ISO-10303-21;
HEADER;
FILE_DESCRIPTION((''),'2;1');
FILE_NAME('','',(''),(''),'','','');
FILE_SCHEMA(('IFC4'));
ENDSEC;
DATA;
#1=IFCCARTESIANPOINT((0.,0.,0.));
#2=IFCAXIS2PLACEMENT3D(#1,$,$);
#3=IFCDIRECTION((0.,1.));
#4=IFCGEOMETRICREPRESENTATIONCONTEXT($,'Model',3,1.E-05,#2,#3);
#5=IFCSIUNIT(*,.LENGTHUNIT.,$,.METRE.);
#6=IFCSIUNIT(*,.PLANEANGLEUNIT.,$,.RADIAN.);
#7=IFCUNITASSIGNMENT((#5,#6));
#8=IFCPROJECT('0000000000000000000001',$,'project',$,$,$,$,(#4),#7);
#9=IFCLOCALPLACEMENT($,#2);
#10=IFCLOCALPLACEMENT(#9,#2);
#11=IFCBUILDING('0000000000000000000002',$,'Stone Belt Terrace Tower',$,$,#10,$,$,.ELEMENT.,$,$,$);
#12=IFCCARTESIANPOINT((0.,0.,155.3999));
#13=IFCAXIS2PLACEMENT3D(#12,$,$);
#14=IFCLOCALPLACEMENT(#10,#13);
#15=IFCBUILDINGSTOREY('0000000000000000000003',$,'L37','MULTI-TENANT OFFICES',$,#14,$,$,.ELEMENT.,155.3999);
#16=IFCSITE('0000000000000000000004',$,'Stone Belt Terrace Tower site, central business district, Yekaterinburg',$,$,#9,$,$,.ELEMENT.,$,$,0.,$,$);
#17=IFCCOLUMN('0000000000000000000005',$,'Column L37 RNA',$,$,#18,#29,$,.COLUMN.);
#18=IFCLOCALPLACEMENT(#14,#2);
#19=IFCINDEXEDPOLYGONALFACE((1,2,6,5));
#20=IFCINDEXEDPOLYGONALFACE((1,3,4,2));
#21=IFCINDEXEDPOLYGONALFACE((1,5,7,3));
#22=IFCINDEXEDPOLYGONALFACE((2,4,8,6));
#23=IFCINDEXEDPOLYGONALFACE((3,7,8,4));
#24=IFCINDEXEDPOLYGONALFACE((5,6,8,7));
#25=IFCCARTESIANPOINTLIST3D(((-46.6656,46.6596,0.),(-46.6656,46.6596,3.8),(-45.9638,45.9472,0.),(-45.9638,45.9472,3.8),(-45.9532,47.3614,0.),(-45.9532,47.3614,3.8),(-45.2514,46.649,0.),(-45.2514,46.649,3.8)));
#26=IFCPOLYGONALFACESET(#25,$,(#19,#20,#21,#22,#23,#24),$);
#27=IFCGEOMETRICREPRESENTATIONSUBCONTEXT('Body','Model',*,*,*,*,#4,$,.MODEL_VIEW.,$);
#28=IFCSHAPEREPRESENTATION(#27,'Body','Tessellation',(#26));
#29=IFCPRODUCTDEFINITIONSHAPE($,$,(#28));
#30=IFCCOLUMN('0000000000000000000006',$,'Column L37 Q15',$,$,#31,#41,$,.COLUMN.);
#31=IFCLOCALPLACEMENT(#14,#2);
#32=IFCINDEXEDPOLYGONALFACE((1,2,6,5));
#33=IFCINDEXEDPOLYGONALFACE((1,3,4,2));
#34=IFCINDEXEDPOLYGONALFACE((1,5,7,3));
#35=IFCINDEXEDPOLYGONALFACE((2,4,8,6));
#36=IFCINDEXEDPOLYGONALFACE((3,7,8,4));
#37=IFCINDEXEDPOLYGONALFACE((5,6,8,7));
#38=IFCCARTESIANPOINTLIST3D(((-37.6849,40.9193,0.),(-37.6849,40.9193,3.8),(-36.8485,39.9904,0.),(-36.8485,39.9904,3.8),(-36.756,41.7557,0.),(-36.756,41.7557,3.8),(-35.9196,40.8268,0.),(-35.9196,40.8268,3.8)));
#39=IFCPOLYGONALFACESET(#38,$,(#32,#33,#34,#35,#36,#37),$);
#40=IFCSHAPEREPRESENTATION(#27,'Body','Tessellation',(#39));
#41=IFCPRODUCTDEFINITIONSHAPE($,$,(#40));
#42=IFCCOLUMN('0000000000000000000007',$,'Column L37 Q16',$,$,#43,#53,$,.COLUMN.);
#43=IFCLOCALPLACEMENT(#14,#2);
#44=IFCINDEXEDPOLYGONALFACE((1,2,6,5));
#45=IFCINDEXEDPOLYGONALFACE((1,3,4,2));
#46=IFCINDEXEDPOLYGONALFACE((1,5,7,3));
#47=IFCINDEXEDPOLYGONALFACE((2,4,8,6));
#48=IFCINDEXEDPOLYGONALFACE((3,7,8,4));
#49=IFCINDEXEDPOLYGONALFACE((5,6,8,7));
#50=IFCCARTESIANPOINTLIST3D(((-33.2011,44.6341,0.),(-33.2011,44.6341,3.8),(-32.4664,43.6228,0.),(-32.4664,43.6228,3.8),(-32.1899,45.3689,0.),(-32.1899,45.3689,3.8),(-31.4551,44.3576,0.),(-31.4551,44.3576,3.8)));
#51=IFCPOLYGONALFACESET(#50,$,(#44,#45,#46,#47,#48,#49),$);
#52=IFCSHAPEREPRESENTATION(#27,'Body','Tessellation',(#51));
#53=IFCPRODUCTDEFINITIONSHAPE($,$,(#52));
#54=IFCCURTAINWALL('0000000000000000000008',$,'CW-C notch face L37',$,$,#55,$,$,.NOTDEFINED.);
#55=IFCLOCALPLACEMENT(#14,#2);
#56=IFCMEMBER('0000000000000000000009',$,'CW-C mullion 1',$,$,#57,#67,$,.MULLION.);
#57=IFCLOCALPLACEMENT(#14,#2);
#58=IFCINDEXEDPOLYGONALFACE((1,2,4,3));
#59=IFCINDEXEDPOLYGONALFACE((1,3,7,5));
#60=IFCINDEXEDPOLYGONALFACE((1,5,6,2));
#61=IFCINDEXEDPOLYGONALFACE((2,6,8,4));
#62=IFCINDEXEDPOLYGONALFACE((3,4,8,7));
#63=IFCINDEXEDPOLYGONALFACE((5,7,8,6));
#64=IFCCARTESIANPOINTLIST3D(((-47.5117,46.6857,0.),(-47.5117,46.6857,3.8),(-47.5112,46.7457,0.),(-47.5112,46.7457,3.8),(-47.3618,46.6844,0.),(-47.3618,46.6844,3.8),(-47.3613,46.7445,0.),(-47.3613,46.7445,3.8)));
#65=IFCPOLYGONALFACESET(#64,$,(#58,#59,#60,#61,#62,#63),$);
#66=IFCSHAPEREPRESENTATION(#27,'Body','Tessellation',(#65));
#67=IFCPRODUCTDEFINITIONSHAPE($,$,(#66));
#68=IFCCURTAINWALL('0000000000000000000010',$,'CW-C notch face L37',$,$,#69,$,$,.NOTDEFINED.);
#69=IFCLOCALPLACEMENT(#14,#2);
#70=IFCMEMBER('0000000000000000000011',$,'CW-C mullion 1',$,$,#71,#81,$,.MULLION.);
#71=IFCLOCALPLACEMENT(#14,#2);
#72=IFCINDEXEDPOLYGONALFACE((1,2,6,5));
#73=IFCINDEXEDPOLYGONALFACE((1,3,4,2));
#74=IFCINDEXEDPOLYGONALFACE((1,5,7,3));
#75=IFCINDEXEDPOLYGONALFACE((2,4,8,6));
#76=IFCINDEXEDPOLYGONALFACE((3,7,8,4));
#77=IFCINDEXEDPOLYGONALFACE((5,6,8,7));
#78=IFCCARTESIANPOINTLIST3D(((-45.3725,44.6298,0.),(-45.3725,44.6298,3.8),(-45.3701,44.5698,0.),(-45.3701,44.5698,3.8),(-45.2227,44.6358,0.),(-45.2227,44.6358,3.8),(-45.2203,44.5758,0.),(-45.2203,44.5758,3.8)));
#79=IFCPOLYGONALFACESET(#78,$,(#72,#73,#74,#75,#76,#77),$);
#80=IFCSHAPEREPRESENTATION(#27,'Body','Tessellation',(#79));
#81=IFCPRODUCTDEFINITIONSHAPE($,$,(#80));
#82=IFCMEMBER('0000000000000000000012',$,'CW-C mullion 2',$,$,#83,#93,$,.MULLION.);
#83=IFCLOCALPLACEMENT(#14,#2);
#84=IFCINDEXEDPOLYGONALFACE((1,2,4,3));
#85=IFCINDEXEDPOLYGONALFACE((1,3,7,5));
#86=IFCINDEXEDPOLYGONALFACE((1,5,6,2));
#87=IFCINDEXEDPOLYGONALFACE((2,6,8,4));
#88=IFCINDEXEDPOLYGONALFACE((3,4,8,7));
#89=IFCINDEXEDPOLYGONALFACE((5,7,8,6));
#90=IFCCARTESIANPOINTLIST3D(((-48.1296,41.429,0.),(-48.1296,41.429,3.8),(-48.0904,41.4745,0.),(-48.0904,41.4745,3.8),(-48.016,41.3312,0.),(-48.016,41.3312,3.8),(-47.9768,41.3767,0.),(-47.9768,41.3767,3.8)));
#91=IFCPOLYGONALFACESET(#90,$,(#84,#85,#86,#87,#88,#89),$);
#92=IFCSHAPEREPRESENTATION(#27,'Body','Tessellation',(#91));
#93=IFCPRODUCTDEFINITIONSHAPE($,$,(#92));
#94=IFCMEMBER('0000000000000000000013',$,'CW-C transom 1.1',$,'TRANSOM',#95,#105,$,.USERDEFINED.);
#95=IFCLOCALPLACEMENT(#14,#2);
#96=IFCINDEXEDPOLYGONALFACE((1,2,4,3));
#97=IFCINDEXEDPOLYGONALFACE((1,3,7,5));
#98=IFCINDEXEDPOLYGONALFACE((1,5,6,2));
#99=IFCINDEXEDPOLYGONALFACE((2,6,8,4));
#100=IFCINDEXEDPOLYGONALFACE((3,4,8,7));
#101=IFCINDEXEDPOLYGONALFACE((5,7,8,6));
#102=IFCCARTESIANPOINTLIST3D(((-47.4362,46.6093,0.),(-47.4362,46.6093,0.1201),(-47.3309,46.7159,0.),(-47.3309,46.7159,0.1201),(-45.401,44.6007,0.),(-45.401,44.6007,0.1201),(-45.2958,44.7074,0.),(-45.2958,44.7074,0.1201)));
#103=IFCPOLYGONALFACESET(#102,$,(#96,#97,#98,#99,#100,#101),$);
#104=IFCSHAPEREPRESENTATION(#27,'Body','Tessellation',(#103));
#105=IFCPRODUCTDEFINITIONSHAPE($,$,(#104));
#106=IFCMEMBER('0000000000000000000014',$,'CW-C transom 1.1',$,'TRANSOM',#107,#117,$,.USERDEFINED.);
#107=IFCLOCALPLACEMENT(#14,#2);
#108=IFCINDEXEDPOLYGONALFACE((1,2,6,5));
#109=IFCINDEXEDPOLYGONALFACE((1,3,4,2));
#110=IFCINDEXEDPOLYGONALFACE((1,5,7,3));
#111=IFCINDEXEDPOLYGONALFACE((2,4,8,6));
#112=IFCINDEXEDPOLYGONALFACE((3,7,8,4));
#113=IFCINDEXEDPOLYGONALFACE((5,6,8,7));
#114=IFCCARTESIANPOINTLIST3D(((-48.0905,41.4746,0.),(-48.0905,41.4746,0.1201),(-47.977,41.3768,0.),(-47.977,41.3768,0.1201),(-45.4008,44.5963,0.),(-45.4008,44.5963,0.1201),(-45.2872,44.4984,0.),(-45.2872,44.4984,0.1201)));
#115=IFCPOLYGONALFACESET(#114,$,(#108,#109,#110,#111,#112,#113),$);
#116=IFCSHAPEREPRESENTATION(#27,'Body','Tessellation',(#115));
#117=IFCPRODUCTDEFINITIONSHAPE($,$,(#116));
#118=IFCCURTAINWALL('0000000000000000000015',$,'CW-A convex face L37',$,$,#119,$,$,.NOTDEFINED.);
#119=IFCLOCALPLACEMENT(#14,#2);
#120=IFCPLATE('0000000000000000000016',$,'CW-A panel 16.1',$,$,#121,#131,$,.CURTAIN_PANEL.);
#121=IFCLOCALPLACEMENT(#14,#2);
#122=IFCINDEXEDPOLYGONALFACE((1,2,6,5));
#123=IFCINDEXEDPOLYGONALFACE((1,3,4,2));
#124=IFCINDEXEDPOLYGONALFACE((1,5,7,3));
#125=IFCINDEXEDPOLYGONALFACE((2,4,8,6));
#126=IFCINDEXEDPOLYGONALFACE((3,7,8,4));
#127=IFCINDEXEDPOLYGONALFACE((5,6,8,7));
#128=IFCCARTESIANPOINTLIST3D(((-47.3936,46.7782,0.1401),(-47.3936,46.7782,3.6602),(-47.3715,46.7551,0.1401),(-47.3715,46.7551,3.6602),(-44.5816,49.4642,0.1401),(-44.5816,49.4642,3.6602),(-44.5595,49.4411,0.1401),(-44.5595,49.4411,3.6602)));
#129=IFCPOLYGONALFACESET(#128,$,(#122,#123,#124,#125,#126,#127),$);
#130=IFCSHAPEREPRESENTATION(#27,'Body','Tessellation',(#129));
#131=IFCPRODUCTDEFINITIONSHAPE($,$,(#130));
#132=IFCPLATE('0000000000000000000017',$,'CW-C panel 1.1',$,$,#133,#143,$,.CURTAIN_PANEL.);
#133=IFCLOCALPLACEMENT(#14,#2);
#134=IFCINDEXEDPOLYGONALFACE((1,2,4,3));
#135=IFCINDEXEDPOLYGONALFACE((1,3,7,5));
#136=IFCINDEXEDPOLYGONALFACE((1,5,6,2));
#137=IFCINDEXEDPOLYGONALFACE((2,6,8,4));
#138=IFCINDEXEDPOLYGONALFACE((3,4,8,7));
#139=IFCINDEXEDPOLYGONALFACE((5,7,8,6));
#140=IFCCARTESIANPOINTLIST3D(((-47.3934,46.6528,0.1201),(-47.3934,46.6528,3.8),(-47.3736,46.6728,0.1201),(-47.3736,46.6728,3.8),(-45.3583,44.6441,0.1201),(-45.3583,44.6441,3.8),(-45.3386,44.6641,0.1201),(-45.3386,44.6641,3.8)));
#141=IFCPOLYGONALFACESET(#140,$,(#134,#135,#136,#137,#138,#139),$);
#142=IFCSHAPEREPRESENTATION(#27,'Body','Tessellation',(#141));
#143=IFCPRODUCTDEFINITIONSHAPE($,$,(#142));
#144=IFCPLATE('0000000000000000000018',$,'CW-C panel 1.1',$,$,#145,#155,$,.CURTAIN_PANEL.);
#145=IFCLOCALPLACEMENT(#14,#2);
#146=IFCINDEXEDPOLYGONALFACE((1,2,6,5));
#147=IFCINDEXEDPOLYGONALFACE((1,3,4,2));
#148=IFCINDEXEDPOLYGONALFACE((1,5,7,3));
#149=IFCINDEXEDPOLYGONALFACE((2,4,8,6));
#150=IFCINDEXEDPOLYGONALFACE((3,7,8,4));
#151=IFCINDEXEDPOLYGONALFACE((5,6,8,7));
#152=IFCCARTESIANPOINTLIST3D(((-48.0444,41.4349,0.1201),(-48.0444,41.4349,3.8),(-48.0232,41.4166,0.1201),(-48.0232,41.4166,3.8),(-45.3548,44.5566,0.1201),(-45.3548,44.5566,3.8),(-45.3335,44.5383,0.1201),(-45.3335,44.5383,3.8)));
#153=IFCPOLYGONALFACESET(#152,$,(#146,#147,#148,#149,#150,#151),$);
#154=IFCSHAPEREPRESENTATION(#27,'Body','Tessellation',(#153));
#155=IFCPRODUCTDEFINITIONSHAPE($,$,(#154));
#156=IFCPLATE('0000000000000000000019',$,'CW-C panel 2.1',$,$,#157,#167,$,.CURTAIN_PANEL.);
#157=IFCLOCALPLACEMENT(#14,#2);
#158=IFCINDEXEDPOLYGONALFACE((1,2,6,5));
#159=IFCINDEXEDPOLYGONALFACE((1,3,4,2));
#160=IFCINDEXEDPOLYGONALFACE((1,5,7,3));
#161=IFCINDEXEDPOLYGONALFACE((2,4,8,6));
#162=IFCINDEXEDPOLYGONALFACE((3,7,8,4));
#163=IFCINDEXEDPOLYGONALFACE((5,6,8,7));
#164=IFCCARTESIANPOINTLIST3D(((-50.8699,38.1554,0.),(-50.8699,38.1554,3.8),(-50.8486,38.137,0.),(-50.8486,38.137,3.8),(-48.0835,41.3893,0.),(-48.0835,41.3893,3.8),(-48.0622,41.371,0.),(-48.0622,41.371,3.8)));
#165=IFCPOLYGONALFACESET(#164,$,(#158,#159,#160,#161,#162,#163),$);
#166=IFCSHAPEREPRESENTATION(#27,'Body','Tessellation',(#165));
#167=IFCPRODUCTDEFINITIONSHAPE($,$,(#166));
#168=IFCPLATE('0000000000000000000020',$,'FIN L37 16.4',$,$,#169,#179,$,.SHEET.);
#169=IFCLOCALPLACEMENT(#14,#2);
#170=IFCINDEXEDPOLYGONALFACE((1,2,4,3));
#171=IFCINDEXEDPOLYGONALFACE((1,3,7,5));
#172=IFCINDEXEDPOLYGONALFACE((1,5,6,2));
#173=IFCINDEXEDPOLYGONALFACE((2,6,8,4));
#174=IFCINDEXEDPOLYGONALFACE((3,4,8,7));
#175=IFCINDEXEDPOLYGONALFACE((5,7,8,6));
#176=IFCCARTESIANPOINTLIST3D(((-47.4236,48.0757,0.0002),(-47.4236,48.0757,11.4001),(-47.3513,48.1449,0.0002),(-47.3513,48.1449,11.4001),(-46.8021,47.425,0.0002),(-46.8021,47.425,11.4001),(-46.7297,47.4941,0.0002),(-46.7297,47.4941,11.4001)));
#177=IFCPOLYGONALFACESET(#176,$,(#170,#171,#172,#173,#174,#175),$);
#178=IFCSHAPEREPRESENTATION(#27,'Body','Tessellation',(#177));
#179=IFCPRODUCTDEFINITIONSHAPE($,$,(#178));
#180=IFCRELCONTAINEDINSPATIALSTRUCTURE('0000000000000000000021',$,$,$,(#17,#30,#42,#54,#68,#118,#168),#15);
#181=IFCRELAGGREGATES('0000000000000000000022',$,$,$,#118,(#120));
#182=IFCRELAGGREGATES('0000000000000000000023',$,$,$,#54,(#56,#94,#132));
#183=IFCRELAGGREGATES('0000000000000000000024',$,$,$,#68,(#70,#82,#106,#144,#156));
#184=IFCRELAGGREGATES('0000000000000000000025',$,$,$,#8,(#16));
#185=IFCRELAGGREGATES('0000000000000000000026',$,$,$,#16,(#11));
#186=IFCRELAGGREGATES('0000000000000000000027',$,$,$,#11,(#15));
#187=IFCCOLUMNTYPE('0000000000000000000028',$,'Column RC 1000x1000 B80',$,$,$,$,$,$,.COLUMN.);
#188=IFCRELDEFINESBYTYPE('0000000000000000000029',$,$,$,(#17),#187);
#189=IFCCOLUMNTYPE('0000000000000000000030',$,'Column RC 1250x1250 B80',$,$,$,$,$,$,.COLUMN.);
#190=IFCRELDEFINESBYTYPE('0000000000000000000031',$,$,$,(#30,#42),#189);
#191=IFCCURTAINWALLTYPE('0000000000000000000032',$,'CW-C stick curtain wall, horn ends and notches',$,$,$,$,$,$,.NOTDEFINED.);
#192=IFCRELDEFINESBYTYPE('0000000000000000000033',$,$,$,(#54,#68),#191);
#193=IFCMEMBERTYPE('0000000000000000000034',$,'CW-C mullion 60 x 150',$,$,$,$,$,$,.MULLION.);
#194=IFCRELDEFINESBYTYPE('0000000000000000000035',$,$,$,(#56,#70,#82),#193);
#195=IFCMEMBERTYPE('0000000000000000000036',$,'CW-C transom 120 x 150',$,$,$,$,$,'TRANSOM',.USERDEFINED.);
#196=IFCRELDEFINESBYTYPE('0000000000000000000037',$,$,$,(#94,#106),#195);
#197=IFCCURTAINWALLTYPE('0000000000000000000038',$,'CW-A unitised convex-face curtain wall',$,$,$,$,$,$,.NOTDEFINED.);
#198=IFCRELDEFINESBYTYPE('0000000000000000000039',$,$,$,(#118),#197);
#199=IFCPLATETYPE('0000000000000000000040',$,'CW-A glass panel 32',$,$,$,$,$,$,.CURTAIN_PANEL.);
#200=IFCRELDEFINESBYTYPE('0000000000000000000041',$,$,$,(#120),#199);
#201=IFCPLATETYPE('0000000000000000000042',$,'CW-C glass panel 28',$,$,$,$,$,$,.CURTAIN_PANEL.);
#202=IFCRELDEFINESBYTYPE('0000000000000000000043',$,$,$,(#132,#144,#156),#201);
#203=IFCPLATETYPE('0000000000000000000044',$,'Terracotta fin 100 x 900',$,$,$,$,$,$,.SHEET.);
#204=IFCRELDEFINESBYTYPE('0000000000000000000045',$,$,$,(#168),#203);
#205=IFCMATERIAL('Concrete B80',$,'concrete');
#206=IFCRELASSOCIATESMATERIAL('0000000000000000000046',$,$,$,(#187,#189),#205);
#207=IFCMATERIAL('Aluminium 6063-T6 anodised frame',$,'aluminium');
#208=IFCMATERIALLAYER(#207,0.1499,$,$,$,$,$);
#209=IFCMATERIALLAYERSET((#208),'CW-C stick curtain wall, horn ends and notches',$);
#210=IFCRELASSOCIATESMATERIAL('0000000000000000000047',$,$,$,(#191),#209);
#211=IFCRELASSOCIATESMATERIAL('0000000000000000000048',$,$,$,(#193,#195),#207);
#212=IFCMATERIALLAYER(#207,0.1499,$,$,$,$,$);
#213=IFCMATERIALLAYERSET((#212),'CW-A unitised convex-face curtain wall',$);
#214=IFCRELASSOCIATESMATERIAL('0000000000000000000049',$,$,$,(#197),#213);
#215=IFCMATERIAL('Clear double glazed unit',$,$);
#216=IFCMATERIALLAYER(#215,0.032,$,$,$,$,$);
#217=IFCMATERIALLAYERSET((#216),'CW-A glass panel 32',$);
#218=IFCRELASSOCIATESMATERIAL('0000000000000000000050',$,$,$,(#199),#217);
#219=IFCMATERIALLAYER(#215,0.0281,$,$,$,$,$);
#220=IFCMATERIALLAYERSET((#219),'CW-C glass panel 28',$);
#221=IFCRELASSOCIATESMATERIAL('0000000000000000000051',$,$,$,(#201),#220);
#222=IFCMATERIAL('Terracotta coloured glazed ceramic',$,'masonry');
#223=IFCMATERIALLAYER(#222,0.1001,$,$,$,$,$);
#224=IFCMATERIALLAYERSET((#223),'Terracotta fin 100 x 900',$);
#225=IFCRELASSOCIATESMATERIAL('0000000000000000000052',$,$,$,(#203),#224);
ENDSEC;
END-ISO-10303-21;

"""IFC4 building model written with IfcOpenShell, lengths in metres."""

from ifc_helpers import new_model, si_unit, direction, frame, origin, origin_2d, place, context, subcontext, project, spatial, rectangle, extrude, material, layer, layer_set, material_profile, profile_set, type_object, element, aggregate, save


model = new_model("IFC4")

# Units and contexts
model_context = context("Model", 3, precision=1e-05, world=origin(), true_north=direction((0.0, 1.0)))
body_context = subcontext(model_context, "Body", "Model", "MODEL_VIEW")
ifc_project = project(units=[si_unit("LENGTHUNIT", "METRE"), si_unit("PLANEANGLEUNIT", "RADIAN")], contexts=[model_context])

# Site, building, storey
site_placement = place(None, origin())
site = spatial("IfcSite", under=ifc_project, at=site_placement, Name="Stone Belt Terrace Tower site, central business district, Yekaterinburg", CompositionType="ELEMENT", RefElevation=0.0)
building_placement = place(site_placement, origin())
building = spatial("IfcBuilding", under=site, at=building_placement, Name="Stone Belt Terrace Tower", CompositionType="ELEMENT")
storey_placement = place(building_placement, frame((0.0, 0.0, 155.3999)))
storey = spatial("IfcBuildingStorey", under=building, at=storey_placement, Name="L37", Description="MULTI-TENANT OFFICES", CompositionType="ELEMENT", Elevation=155.3999)

# Columns
ifc_material_1 = material(Name="Concrete B80", Category="concrete")
ifc_material_profile_1 = material_profile(ifc_material_1, rectangle(XDim=1.0, YDim=1.0, at=origin_2d()), Name="RC 1000x1000")
ifc_profile_set_1 = profile_set([ifc_material_profile_1], Name="Concrete B80")
column_type_1 = type_object("IfcColumnType", Name="Column RC 1000x1000 B80", PredefinedType="COLUMN", material=ifc_profile_set_1)
column_placement = place(storey_placement, frame((-45.9585, 46.6543, 0.0), z_axis=(0.0, 0.0, 1.0), x_axis=(0.712398, 0.701775, 0.0)))
element("IfcColumn", 1, at=column_placement, inside=storey, type_object=column_type_1, Name="Column L37 RNA", PredefinedType="COLUMN", context=body_context, shape_type="SweptSolid", body=[
    extrude(rectangle(XDim=1.0, YDim=1.0, at=origin_2d()), origin(), (0.0, 0.0, 1.0), 3.8),
])
ifc_material_profile_2 = material_profile(ifc_material_1, rectangle(XDim=1.25, YDim=1.25, at=origin_2d()), Name="RC 1250x1250")
ifc_profile_set_2 = profile_set([ifc_material_profile_2], Name="Concrete B80")
column_type_2 = type_object("IfcColumnType", Name="Column RC 1250x1250 B80", PredefinedType="COLUMN", material=ifc_profile_set_2)
for number, where, z_axis, x_axis, name in (
    (2, (-36.8022, 40.873, 0.0), (0.0, 0.0, 1.0), (0.743145, 0.669131, 0.0), "Column L37 Q15"),
    (3, (-32.3281, 44.4958, 0.0), (0.0, 0.0, 1.0), (0.809017, 0.587785, 0.0), "Column L37 Q16"),
):
    element("IfcColumn", number, at=place(storey_placement, frame(where, z_axis=z_axis, x_axis=x_axis)), inside=storey, type_object=column_type_2, Name=name, PredefinedType="COLUMN", context=body_context, shape_type="SweptSolid", body=[
        extrude(rectangle(XDim=1.25, YDim=1.25, at=origin_2d()), origin(), (0.0, 0.0, 1.0), 3.8),
    ])

# Curtain wall, member
ifc_material_2 = material(Name="Aluminium 6063-T6 anodised frame", Category="aluminium")
ifc_layer_1 = layer(ifc_material_2, 0.1499)
ifc_layer_set_1 = layer_set([ifc_layer_1], Name="CW-C stick curtain wall, horn ends and notches")
curtain_wall_type_1 = type_object("IfcCurtainWallType", Name="CW-C stick curtain wall, horn ends and notches", PredefinedType="NOTDEFINED", material=ifc_layer_set_1)
curtain_wall_1_placement = place(storey_placement, origin())
curtain_wall_1 = element("IfcCurtainWall", 4, at=curtain_wall_1_placement, inside=storey, type_object=curtain_wall_type_1, Name="CW-C notch face L37", PredefinedType="NOTDEFINED")
ifc_material_profile_3 = material_profile(ifc_material_2, rectangle(XDim=0.1499, YDim=0.0601, at=origin_2d()), Name="Aluminium 6063-T6 60x150")
ifc_profile_set_3 = profile_set([ifc_material_profile_3], Name="Aluminium 6063-T6 anodised frame")
member_type_1 = type_object("IfcMemberType", Name="CW-C mullion 60 x 150", PredefinedType="MULLION", material=ifc_profile_set_3)
member_1_placement = place(storey_placement, frame((-47.4365, 46.7151, 0.0), z_axis=(0.0, 0.0, 1.0), x_axis=(0.999966, -0.008188, 0.0)))
member_1 = element("IfcMember", 5, at=member_1_placement, type_object=member_type_1, Name="CW-C mullion 1", PredefinedType="MULLION", context=body_context, shape_type="SweptSolid", body=[
    extrude(rectangle(XDim=0.1499, YDim=0.0601, at=origin_2d()), origin(), (0.0, 0.0, 1.0), 3.8),
])

# Curtain wall, members
curtain_wall_2_placement = place(storey_placement, origin())
curtain_wall_2 = element("IfcCurtainWall", 6, at=curtain_wall_2_placement, inside=storey, type_object=curtain_wall_type_1, Name="CW-C notch face L37", PredefinedType="NOTDEFINED")
member_2_placement = place(storey_placement, frame((-45.2964, 44.6028, 0.0), z_axis=(0.0, 0.0, 1.0), x_axis=(0.999185, 0.04036, 0.0)))
member_2 = element("IfcMember", 7, at=member_2_placement, type_object=member_type_1, Name="CW-C mullion 1", PredefinedType="MULLION", context=body_context, shape_type="SweptSolid", body=[
    extrude(rectangle(XDim=0.1499, YDim=0.0601, at=origin_2d()), origin(), (0.0, 0.0, 1.0), 3.8),
])
member_3_placement = place(storey_placement, frame((-48.0532, 41.4028, 0.0), z_axis=(0.0, 0.0, 1.0), x_axis=(0.757584, -0.652738, 0.0)))
member_3 = element("IfcMember", 8, at=member_3_placement, type_object=member_type_1, Name="CW-C mullion 2", PredefinedType="MULLION", context=body_context, shape_type="SweptSolid", body=[
    extrude(rectangle(XDim=0.1499, YDim=0.0601, at=origin_2d()), origin(), (0.0, 0.0, 1.0), 3.8),
])

# Members
ifc_material_profile_4 = material_profile(ifc_material_2, rectangle(XDim=0.1499, YDim=0.1201, at=origin_2d()), Name="Aluminium 6063-T6 150x120")
ifc_profile_set_4 = profile_set([ifc_material_profile_4], Name="Aluminium 6063-T6 anodised frame")
member_type_2 = type_object("IfcMemberType", Name="CW-C transom 120 x 150", ElementType="TRANSOM", PredefinedType="USERDEFINED", material=ifc_profile_set_4)
member_4_placement = place(storey_placement, frame((-47.3835, 46.6626, 0.0601), z_axis=(0.711745, -0.702438, 0.0), x_axis=(0.702438, 0.711745, 0.0)))
member_4 = element("IfcMember", 9, at=member_4_placement, type_object=member_type_2, Name="CW-C transom 1.1", ObjectType="TRANSOM", PredefinedType="USERDEFINED", context=body_context, shape_type="SweptSolid", body=[
    extrude(rectangle(XDim=0.1499, YDim=0.1201, at=origin_2d()), origin(), (0.0, 0.0, 1.0), 2.8594),
])
member_5_placement = place(storey_placement, frame((-45.344, 44.5474, 0.0601), z_axis=(-0.652756, -0.757569, 0.0), x_axis=(0.757569, -0.652756, 0.0)))
member_5 = element("IfcMember", 10, at=member_5_placement, type_object=member_type_2, Name="CW-C transom 1.1", ObjectType="TRANSOM", PredefinedType="USERDEFINED", context=body_context, shape_type="SweptSolid", body=[
    extrude(rectangle(XDim=0.1499, YDim=0.1201, at=origin_2d()), origin(), (0.0, 0.0, 1.0), 4.1206),
])

# Curtain wall, plate
ifc_layer_2 = layer(ifc_material_2, 0.1499)
ifc_layer_set_2 = layer_set([ifc_layer_2], Name="CW-A unitised convex-face curtain wall")
curtain_wall_type_2 = type_object("IfcCurtainWallType", Name="CW-A unitised convex-face curtain wall", PredefinedType="NOTDEFINED", material=ifc_layer_set_2)
curtain_wall_3_placement = place(storey_placement, origin())
curtain_wall_3 = element("IfcCurtainWall", 11, at=curtain_wall_3_placement, inside=storey, type_object=curtain_wall_type_2, Name="CW-A convex face L37", PredefinedType="NOTDEFINED")
ifc_material_3 = material(Name="Clear double glazed unit")
ifc_layer_3 = layer(ifc_material_3, 0.032)
ifc_layer_set_3 = layer_set([ifc_layer_3], Name="CW-A glass panel 32")
plate_type_1 = type_object("IfcPlateType", Name="CW-A glass panel 32", PredefinedType="CURTAIN_PANEL", material=ifc_layer_set_3)
plate_1_placement = place(storey_placement, frame((-45.9766, 48.1096, 0.1401), z_axis=(0.0, 0.0, 1.0), x_axis=(-0.723121, -0.690721, 0.0)))
plate_1 = element("IfcPlate", 12, at=plate_1_placement, type_object=plate_type_1, Name="CW-A panel 16.1", PredefinedType="CURTAIN_PANEL", context=body_context, shape_type="SweptSolid", body=[
    extrude(rectangle(XDim=3.8887, YDim=0.032, at=origin_2d()), origin(), (0.0, 0.0, 1.0), 3.52),
])
aggregate(curtain_wall_3, [plate_1])

# Plates
ifc_layer_4 = layer(ifc_material_3, 0.0281)
ifc_layer_set_4 = layer_set([ifc_layer_4], Name="CW-C glass panel 28")
plate_type_2 = type_object("IfcPlateType", Name="CW-C glass panel 28", PredefinedType="CURTAIN_PANEL", material=ifc_layer_set_4)
plate_2_placement = place(storey_placement, frame((-46.366, 45.6584, 0.1201), z_axis=(0.0, 0.0, 1.0), x_axis=(0.711713, -0.70247, 0.0)))
plate_2 = element("IfcPlate", 13, at=plate_2_placement, type_object=plate_type_2, Name="CW-C panel 1.1", PredefinedType="CURTAIN_PANEL", context=body_context, shape_type="SweptSolid", body=[
    extrude(rectangle(XDim=2.8594, YDim=0.0281, at=origin_2d()), origin(), (0.0, 0.0, 1.0), 3.6799),
])
aggregate(curtain_wall_1, [member_1, member_4, plate_2])
plate_3_placement = place(storey_placement, frame((-46.689, 42.9866, 0.1201), z_axis=(0.0, 0.0, 1.0), x_axis=(-0.652738, -0.757584, 0.0)))
plate_3 = element("IfcPlate", 14, at=plate_3_placement, type_object=plate_type_2, Name="CW-C panel 1.1", PredefinedType="CURTAIN_PANEL", context=body_context, shape_type="SweptSolid", body=[
    extrude(rectangle(XDim=4.1206, YDim=0.0281, at=origin_2d()), origin(), (0.0, 0.0, 1.0), 3.6799),
])
plate_4_placement = place(storey_placement, frame((-49.4661, 39.7632, 0.0), z_axis=(0.0, 0.0, 1.0), x_axis=(-0.652738, -0.757584, 0.0)))
plate_4 = element("IfcPlate", 15, at=plate_4_placement, type_object=plate_type_2, Name="CW-C panel 2.1", PredefinedType="CURTAIN_PANEL", context=body_context, shape_type="SweptSolid", body=[
    extrude(rectangle(XDim=4.2688, YDim=0.0281, at=origin_2d()), origin(), (0.0, 0.0, 1.0), 3.8),
])
aggregate(curtain_wall_2, [member_2, member_3, member_5, plate_3, plate_4])
ifc_material_4 = material(Name="Terracotta coloured glazed ceramic", Category="masonry")
ifc_layer_5 = layer(ifc_material_4, 0.1001)
ifc_layer_set_5 = layer_set([ifc_layer_5], Name="Terracotta fin 100 x 900")
plate_type_3 = type_object("IfcPlateType", Name="Terracotta fin 100 x 900", PredefinedType="SHEET", material=ifc_layer_set_5)
plate_5_placement = place(storey_placement, frame((-47.0767, 47.7849, 0.0002), z_axis=(0.0, 0.0, 1.0), x_axis=(-0.690721, 0.723121, 0.0)))
element("IfcPlate", 16, at=plate_5_placement, inside=storey, type_object=plate_type_3, Name="FIN L37 16.4", PredefinedType="SHEET", context=body_context, shape_type="SweptSolid", body=[
    extrude(rectangle(XDim=0.8999, YDim=0.1001, at=origin_2d()), origin(), (0.0, 0.0, 1.0), 11.3999),
])

save(model, "model.ifc")
